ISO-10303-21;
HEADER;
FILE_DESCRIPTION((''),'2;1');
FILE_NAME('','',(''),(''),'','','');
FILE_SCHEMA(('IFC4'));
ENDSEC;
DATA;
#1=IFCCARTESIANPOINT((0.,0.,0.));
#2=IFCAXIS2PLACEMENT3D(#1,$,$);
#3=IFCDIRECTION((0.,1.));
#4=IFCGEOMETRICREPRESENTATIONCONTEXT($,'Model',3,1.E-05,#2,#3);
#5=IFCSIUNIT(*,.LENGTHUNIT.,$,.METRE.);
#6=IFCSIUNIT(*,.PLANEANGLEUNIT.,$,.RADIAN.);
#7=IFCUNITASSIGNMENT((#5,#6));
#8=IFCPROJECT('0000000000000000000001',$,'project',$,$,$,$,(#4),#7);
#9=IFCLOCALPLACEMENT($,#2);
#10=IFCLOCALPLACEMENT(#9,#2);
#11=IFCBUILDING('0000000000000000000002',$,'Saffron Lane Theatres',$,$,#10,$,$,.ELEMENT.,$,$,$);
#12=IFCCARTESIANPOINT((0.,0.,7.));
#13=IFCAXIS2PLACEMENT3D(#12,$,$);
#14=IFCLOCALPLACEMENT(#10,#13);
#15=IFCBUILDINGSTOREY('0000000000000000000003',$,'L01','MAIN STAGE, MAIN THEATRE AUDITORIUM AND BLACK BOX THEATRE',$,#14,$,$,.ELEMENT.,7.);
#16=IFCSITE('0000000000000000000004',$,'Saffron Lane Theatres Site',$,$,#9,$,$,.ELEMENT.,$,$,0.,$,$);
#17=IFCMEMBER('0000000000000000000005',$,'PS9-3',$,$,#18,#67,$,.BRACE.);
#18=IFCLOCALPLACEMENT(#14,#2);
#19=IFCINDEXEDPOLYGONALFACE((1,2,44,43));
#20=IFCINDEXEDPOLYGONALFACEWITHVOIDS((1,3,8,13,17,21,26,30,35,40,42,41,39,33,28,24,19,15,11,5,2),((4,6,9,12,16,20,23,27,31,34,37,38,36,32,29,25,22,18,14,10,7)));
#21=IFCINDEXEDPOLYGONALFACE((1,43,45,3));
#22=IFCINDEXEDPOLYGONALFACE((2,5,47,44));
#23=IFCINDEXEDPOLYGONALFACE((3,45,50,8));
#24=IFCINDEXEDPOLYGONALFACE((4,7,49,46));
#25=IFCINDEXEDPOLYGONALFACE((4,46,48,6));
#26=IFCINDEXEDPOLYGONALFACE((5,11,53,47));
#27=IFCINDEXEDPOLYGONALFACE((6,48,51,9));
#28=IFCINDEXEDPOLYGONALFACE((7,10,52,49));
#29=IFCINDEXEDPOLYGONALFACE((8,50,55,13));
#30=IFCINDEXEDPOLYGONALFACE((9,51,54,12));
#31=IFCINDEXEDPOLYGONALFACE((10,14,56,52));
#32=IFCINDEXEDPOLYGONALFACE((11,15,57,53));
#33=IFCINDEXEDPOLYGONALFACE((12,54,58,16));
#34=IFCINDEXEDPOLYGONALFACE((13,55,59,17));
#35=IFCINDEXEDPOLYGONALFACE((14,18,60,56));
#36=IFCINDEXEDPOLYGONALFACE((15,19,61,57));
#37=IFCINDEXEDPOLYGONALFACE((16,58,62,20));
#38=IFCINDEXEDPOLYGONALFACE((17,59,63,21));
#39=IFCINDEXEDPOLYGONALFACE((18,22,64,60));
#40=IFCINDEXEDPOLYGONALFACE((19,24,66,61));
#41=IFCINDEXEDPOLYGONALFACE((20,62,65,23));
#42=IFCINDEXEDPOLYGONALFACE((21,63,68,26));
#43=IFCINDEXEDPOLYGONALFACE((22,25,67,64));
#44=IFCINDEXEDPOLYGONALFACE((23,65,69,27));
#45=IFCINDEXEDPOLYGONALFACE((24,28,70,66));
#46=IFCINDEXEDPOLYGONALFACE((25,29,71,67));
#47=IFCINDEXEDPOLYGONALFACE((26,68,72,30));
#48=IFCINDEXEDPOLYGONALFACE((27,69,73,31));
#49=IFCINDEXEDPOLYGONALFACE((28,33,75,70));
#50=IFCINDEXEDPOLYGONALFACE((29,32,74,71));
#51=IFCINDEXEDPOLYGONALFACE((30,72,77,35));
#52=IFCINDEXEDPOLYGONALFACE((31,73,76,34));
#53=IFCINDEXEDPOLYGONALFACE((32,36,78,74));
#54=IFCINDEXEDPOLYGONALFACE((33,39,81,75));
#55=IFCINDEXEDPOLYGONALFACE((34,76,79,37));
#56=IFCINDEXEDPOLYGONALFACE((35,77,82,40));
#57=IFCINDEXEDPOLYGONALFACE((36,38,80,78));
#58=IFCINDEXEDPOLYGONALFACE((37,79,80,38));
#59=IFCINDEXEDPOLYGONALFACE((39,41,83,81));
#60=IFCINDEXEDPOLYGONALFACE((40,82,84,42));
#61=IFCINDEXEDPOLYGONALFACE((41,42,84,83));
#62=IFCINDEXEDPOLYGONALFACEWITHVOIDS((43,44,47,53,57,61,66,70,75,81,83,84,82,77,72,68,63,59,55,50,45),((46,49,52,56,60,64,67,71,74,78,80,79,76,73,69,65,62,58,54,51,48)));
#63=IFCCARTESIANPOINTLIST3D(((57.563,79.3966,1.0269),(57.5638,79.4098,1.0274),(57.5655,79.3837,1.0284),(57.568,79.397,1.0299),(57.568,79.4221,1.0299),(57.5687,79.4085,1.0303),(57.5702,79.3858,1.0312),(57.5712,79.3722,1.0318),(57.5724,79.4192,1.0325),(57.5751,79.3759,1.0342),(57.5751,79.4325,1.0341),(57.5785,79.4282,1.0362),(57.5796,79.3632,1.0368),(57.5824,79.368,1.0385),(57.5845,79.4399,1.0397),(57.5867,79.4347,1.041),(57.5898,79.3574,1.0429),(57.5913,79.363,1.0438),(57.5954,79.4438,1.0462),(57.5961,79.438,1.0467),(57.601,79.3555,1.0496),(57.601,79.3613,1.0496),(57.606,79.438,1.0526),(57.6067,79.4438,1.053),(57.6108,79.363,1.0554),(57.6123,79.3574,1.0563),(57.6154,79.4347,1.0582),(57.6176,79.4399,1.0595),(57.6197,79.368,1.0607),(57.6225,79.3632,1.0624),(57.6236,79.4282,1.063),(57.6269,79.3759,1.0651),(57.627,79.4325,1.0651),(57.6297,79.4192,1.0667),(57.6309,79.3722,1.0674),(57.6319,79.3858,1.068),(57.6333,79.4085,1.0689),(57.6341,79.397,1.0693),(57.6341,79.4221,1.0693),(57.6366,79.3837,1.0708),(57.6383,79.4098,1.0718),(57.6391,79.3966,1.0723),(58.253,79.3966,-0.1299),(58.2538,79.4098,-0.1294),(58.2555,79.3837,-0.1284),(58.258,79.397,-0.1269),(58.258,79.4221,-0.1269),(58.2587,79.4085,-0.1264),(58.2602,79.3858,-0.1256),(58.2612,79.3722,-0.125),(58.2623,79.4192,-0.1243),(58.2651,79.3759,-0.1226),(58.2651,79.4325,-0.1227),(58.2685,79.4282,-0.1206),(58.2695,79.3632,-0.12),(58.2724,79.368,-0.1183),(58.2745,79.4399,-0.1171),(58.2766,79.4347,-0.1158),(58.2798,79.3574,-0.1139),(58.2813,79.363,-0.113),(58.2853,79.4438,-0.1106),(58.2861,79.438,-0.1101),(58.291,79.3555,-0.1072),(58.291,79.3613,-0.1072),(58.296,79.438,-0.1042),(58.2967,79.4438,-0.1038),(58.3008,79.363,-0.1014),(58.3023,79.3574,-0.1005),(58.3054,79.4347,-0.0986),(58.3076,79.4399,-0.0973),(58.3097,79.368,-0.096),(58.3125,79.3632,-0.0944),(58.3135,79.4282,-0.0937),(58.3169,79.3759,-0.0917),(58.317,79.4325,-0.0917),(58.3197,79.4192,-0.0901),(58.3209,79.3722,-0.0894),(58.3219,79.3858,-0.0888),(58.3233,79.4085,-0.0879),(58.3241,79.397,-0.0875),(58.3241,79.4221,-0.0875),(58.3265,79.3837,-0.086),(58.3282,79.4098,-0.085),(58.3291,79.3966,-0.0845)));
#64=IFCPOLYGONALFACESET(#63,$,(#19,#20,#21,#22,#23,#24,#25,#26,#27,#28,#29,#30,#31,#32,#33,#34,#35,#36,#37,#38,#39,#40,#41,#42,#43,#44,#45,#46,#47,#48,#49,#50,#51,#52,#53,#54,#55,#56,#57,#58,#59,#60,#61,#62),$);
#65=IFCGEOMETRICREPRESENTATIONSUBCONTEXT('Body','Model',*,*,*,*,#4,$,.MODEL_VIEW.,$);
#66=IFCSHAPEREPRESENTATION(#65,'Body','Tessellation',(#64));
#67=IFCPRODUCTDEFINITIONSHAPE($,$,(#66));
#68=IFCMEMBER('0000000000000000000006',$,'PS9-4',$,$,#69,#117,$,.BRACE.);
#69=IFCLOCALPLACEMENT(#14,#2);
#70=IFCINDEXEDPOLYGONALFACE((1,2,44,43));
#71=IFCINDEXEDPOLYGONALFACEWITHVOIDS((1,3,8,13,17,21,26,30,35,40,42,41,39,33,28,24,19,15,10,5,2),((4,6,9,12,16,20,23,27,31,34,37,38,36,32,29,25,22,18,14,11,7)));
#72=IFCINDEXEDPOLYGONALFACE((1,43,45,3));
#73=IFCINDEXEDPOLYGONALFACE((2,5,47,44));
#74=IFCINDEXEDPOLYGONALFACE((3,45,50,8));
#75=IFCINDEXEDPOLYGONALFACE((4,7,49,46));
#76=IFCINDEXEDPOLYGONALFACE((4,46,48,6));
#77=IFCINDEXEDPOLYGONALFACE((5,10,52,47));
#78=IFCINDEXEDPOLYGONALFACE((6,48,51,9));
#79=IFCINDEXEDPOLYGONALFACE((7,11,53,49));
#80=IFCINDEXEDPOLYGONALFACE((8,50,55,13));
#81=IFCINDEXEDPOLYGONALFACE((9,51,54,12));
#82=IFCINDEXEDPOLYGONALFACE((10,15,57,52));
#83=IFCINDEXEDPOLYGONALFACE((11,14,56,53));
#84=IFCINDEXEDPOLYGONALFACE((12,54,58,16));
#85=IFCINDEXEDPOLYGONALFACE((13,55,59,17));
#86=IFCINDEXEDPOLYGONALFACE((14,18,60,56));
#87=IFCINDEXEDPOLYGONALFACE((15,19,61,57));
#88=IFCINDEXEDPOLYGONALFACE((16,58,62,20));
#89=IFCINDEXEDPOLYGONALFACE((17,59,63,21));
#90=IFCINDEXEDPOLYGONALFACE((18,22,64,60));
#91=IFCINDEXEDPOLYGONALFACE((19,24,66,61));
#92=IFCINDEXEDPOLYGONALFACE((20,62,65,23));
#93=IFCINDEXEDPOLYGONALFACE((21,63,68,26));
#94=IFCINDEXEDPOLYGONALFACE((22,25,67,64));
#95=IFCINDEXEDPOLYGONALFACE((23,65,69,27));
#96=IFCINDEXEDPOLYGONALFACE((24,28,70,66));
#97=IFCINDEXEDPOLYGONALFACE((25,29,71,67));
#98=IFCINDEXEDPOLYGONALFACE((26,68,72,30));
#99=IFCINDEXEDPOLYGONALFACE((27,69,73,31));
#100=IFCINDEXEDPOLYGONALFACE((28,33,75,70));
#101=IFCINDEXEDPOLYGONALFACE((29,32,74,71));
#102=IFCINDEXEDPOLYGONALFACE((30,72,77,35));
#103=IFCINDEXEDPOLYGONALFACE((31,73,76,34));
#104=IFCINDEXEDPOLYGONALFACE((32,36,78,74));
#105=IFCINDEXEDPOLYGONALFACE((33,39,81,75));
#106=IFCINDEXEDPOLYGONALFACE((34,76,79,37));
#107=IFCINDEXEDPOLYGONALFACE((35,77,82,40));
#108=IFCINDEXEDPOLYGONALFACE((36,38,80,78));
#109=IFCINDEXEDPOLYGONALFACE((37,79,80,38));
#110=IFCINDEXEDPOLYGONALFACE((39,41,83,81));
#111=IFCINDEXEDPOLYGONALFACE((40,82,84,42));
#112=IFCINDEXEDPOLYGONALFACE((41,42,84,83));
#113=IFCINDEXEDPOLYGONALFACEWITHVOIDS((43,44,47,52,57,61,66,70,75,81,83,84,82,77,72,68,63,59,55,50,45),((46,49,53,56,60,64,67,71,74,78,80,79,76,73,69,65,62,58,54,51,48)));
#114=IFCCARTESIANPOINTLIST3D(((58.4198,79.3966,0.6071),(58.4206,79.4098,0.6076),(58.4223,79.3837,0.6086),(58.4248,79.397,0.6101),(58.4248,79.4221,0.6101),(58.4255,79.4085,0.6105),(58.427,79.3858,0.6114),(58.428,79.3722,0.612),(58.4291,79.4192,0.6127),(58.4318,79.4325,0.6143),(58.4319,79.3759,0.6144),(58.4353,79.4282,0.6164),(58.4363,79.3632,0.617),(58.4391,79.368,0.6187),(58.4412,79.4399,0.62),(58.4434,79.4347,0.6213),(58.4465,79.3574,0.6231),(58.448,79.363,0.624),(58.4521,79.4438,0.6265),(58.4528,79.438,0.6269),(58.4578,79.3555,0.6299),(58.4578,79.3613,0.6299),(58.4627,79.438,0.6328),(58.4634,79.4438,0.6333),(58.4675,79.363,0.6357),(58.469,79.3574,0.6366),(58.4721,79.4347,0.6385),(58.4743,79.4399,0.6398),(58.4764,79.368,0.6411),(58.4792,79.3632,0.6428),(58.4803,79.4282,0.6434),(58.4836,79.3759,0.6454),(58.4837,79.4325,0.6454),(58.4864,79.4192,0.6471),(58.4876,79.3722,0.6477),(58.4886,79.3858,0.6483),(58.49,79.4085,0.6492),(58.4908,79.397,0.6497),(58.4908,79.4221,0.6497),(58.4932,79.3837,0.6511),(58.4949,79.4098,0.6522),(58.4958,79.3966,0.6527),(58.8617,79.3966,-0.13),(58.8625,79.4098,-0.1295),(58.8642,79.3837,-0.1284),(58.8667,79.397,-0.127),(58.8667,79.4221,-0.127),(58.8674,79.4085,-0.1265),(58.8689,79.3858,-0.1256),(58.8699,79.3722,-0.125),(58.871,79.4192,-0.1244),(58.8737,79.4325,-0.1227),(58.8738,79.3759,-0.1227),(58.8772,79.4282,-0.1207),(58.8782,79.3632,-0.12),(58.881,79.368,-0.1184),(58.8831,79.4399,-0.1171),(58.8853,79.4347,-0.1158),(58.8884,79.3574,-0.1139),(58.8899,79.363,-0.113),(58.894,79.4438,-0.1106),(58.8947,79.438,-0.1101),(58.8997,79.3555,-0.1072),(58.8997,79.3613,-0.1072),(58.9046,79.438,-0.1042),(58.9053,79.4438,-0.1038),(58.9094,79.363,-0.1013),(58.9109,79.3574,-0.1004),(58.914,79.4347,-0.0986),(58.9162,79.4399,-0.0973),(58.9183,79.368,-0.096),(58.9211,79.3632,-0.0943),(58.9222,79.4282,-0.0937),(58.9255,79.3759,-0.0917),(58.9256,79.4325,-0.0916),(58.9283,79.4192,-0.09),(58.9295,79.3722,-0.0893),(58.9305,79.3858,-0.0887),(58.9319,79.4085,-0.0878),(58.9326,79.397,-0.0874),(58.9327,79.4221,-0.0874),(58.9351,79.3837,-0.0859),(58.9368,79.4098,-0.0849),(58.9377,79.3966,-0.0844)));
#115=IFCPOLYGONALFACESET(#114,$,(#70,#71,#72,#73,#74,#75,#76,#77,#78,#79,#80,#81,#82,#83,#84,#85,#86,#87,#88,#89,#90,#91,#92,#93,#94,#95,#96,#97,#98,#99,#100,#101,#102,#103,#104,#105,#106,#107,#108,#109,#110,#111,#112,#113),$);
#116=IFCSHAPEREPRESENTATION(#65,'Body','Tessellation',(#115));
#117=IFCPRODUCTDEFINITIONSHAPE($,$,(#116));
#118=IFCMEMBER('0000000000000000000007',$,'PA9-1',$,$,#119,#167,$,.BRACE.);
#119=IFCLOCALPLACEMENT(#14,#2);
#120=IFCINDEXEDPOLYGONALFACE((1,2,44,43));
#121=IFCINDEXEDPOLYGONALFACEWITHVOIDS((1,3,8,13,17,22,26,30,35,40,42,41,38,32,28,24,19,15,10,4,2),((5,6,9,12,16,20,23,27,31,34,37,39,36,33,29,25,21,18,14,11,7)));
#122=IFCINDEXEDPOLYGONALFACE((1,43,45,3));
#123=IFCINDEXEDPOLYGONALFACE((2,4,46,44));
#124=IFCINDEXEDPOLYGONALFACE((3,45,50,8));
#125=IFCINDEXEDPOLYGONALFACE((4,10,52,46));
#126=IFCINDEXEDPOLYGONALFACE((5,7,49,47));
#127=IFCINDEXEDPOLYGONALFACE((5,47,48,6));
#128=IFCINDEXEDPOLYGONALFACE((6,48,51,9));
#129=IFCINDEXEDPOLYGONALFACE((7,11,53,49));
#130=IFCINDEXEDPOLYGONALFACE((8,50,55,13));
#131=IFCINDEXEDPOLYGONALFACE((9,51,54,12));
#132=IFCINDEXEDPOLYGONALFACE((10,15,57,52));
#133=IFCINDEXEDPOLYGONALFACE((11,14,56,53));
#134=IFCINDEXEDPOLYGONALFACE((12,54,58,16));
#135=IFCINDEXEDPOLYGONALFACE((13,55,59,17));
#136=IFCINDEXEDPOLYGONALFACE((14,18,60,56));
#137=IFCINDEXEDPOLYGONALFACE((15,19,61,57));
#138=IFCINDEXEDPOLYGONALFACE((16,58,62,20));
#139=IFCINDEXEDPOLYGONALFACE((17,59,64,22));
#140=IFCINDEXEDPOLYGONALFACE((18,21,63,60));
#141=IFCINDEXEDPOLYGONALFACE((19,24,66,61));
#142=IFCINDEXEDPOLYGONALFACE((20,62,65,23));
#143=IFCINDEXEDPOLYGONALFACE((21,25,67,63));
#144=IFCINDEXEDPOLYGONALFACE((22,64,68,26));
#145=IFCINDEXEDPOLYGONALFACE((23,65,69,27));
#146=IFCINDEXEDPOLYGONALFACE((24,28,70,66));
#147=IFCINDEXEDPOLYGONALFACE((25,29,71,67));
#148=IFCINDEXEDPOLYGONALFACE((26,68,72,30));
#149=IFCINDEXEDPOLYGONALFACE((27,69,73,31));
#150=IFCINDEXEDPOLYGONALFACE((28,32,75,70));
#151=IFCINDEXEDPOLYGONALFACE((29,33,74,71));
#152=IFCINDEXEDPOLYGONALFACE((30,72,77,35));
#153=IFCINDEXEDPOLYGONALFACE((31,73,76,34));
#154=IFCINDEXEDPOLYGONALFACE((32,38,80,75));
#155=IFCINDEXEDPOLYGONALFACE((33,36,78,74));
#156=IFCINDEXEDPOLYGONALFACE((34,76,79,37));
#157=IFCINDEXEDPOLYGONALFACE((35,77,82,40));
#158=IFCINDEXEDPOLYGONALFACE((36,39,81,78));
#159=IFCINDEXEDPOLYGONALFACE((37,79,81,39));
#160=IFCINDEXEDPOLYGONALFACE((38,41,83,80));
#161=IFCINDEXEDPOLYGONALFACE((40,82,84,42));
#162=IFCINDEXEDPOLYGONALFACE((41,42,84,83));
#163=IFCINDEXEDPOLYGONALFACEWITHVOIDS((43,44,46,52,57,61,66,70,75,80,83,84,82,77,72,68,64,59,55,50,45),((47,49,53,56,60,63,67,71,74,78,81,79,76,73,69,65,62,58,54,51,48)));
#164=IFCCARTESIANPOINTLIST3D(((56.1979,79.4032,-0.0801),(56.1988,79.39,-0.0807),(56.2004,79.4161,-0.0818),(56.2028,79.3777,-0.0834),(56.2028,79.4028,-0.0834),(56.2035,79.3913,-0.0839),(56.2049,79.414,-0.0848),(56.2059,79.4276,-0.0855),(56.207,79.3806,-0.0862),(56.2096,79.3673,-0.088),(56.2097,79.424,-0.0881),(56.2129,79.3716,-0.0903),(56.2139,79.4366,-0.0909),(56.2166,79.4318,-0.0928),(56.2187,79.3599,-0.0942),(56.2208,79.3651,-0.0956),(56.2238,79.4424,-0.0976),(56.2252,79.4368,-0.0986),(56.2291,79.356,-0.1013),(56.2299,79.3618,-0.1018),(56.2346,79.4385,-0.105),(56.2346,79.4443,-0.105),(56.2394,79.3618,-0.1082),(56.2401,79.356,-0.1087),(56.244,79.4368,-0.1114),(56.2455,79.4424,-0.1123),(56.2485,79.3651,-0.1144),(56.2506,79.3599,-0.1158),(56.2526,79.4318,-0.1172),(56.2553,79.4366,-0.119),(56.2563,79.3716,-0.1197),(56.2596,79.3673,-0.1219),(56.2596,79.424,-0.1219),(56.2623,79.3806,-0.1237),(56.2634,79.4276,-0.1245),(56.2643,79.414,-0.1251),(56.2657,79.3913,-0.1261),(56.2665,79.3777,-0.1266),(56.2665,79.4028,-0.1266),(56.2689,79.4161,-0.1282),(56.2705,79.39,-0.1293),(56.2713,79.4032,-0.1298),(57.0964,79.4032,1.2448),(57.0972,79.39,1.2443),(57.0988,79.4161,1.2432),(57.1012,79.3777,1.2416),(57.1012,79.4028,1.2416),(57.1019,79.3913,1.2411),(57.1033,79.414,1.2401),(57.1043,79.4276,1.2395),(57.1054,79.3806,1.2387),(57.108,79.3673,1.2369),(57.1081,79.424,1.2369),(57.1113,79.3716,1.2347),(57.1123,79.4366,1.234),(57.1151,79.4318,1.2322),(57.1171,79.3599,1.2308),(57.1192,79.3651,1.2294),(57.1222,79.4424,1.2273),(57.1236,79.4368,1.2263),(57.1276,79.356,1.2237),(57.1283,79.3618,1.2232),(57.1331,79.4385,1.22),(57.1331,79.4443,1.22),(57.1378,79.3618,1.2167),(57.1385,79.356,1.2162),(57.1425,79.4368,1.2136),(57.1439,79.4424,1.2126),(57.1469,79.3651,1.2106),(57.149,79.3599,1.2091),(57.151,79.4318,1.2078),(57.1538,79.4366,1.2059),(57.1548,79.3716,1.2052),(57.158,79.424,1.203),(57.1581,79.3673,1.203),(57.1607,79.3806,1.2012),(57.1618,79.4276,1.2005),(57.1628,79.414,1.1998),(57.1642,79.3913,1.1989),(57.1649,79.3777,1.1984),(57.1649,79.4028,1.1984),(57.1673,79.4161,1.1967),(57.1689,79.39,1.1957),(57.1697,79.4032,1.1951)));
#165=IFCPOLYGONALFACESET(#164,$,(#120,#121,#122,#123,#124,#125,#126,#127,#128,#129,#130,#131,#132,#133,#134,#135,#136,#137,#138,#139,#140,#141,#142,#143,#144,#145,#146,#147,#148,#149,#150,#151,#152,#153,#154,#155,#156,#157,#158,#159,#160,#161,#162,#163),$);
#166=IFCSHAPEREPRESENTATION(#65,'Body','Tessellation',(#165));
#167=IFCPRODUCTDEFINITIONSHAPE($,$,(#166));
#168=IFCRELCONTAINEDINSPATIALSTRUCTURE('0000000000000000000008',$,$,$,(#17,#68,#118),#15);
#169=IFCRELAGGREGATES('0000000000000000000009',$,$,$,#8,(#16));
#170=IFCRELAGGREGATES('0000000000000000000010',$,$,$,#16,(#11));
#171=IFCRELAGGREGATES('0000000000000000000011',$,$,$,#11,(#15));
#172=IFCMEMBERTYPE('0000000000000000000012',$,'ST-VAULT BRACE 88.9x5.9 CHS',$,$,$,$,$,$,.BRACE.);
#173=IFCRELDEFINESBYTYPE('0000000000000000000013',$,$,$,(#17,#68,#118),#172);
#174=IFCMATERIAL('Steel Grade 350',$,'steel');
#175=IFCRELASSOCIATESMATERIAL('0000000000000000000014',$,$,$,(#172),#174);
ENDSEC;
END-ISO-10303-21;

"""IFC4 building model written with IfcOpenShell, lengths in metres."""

from ifc_helpers import new_model, si_unit, direction, frame, origin, origin_2d, place, context, subcontext, project, spatial, hollow_circle, extrude, material, material_profile, profile_set, type_object, element, save


model = new_model("IFC4")

# Units and contexts
model_context = context("Model", 3, precision=1e-05, world=origin(), true_north=direction((0.0, 1.0)))
body_context = subcontext(model_context, "Body", "Model", "MODEL_VIEW")
ifc_project = project(units=[si_unit("LENGTHUNIT", "METRE"), si_unit("PLANEANGLEUNIT", "RADIAN")], contexts=[model_context])

# Site, building, storey
site_placement = place(None, origin())
site = spatial("IfcSite", under=ifc_project, at=site_placement, Name="Saffron Lane Theatres Site", CompositionType="ELEMENT", RefElevation=0.0)
building_placement = place(site_placement, origin())
building = spatial("IfcBuilding", under=site, at=building_placement, Name="Saffron Lane Theatres", CompositionType="ELEMENT")
storey_placement = place(building_placement, frame((0.0, 0.0, 7.0)))
storey = spatial("IfcBuildingStorey", under=building, at=storey_placement, Name="L01", Description="MAIN STAGE, MAIN THEATRE AUDITORIUM AND BLACK BOX THEATRE", CompositionType="ELEMENT", Elevation=7.0)

# Members
ifc_material_1 = material(Name="Steel Grade 350", Category="steel")
ifc_material_profile_1 = material_profile(ifc_material_1, hollow_circle(Radius=0.0444, WallThickness=0.0059, at=origin_2d()))
ifc_profile_set_1 = profile_set([ifc_material_profile_1], Name="Steel Grade 350")
member_type_1 = type_object("IfcMemberType", Name="ST-VAULT BRACE 88.9x5.9 CHS", PredefinedType="BRACE", material=ifc_profile_set_1)
member_1_placement = place(storey_placement, frame((58.291, 79.3999, -0.1072), z_axis=(-0.512255, 0.0, 0.858833), x_axis=(0.0, -1.0, 0.0)))
element("IfcMember", 1, at=member_1_placement, inside=storey, type_object=member_type_1, Name="PS9-3", PredefinedType="BRACE", context=body_context, shape_type="SweptSolid", body=[
    extrude(hollow_circle(Radius=0.0444, WallThickness=0.0059, at=origin_2d()), origin(), (0.0, 0.0, 1.0), 1.3469),
])
member_2_placement = place(storey_placement, frame((58.8997, 79.3999, -0.1072), z_axis=(-0.514203, 0.0, 0.857668), x_axis=(0.0, -1.0, 0.0)))
element("IfcMember", 2, at=member_2_placement, inside=storey, type_object=member_type_1, Name="PS9-4", PredefinedType="BRACE", context=body_context, shape_type="SweptSolid", body=[
    extrude(hollow_circle(Radius=0.0444, WallThickness=0.0059, at=origin_2d()), origin(), (0.0, 0.0, 1.0), 0.8594),
])
member_3_placement = place(storey_placement, frame((56.2346, 79.3999, -0.105), z_axis=(0.561229, 0.0, 0.82766), x_axis=(0.0, 1.0, 0.0)))
element("IfcMember", 3, at=member_3_placement, inside=storey, type_object=member_type_1, Name="PA9-1", PredefinedType="BRACE", context=body_context, shape_type="SweptSolid", body=[
    extrude(hollow_circle(Radius=0.0444, WallThickness=0.0059, at=origin_2d()), origin(), (0.0, 0.0, 1.0), 1.6008),
])

save(model, "model.ifc")
